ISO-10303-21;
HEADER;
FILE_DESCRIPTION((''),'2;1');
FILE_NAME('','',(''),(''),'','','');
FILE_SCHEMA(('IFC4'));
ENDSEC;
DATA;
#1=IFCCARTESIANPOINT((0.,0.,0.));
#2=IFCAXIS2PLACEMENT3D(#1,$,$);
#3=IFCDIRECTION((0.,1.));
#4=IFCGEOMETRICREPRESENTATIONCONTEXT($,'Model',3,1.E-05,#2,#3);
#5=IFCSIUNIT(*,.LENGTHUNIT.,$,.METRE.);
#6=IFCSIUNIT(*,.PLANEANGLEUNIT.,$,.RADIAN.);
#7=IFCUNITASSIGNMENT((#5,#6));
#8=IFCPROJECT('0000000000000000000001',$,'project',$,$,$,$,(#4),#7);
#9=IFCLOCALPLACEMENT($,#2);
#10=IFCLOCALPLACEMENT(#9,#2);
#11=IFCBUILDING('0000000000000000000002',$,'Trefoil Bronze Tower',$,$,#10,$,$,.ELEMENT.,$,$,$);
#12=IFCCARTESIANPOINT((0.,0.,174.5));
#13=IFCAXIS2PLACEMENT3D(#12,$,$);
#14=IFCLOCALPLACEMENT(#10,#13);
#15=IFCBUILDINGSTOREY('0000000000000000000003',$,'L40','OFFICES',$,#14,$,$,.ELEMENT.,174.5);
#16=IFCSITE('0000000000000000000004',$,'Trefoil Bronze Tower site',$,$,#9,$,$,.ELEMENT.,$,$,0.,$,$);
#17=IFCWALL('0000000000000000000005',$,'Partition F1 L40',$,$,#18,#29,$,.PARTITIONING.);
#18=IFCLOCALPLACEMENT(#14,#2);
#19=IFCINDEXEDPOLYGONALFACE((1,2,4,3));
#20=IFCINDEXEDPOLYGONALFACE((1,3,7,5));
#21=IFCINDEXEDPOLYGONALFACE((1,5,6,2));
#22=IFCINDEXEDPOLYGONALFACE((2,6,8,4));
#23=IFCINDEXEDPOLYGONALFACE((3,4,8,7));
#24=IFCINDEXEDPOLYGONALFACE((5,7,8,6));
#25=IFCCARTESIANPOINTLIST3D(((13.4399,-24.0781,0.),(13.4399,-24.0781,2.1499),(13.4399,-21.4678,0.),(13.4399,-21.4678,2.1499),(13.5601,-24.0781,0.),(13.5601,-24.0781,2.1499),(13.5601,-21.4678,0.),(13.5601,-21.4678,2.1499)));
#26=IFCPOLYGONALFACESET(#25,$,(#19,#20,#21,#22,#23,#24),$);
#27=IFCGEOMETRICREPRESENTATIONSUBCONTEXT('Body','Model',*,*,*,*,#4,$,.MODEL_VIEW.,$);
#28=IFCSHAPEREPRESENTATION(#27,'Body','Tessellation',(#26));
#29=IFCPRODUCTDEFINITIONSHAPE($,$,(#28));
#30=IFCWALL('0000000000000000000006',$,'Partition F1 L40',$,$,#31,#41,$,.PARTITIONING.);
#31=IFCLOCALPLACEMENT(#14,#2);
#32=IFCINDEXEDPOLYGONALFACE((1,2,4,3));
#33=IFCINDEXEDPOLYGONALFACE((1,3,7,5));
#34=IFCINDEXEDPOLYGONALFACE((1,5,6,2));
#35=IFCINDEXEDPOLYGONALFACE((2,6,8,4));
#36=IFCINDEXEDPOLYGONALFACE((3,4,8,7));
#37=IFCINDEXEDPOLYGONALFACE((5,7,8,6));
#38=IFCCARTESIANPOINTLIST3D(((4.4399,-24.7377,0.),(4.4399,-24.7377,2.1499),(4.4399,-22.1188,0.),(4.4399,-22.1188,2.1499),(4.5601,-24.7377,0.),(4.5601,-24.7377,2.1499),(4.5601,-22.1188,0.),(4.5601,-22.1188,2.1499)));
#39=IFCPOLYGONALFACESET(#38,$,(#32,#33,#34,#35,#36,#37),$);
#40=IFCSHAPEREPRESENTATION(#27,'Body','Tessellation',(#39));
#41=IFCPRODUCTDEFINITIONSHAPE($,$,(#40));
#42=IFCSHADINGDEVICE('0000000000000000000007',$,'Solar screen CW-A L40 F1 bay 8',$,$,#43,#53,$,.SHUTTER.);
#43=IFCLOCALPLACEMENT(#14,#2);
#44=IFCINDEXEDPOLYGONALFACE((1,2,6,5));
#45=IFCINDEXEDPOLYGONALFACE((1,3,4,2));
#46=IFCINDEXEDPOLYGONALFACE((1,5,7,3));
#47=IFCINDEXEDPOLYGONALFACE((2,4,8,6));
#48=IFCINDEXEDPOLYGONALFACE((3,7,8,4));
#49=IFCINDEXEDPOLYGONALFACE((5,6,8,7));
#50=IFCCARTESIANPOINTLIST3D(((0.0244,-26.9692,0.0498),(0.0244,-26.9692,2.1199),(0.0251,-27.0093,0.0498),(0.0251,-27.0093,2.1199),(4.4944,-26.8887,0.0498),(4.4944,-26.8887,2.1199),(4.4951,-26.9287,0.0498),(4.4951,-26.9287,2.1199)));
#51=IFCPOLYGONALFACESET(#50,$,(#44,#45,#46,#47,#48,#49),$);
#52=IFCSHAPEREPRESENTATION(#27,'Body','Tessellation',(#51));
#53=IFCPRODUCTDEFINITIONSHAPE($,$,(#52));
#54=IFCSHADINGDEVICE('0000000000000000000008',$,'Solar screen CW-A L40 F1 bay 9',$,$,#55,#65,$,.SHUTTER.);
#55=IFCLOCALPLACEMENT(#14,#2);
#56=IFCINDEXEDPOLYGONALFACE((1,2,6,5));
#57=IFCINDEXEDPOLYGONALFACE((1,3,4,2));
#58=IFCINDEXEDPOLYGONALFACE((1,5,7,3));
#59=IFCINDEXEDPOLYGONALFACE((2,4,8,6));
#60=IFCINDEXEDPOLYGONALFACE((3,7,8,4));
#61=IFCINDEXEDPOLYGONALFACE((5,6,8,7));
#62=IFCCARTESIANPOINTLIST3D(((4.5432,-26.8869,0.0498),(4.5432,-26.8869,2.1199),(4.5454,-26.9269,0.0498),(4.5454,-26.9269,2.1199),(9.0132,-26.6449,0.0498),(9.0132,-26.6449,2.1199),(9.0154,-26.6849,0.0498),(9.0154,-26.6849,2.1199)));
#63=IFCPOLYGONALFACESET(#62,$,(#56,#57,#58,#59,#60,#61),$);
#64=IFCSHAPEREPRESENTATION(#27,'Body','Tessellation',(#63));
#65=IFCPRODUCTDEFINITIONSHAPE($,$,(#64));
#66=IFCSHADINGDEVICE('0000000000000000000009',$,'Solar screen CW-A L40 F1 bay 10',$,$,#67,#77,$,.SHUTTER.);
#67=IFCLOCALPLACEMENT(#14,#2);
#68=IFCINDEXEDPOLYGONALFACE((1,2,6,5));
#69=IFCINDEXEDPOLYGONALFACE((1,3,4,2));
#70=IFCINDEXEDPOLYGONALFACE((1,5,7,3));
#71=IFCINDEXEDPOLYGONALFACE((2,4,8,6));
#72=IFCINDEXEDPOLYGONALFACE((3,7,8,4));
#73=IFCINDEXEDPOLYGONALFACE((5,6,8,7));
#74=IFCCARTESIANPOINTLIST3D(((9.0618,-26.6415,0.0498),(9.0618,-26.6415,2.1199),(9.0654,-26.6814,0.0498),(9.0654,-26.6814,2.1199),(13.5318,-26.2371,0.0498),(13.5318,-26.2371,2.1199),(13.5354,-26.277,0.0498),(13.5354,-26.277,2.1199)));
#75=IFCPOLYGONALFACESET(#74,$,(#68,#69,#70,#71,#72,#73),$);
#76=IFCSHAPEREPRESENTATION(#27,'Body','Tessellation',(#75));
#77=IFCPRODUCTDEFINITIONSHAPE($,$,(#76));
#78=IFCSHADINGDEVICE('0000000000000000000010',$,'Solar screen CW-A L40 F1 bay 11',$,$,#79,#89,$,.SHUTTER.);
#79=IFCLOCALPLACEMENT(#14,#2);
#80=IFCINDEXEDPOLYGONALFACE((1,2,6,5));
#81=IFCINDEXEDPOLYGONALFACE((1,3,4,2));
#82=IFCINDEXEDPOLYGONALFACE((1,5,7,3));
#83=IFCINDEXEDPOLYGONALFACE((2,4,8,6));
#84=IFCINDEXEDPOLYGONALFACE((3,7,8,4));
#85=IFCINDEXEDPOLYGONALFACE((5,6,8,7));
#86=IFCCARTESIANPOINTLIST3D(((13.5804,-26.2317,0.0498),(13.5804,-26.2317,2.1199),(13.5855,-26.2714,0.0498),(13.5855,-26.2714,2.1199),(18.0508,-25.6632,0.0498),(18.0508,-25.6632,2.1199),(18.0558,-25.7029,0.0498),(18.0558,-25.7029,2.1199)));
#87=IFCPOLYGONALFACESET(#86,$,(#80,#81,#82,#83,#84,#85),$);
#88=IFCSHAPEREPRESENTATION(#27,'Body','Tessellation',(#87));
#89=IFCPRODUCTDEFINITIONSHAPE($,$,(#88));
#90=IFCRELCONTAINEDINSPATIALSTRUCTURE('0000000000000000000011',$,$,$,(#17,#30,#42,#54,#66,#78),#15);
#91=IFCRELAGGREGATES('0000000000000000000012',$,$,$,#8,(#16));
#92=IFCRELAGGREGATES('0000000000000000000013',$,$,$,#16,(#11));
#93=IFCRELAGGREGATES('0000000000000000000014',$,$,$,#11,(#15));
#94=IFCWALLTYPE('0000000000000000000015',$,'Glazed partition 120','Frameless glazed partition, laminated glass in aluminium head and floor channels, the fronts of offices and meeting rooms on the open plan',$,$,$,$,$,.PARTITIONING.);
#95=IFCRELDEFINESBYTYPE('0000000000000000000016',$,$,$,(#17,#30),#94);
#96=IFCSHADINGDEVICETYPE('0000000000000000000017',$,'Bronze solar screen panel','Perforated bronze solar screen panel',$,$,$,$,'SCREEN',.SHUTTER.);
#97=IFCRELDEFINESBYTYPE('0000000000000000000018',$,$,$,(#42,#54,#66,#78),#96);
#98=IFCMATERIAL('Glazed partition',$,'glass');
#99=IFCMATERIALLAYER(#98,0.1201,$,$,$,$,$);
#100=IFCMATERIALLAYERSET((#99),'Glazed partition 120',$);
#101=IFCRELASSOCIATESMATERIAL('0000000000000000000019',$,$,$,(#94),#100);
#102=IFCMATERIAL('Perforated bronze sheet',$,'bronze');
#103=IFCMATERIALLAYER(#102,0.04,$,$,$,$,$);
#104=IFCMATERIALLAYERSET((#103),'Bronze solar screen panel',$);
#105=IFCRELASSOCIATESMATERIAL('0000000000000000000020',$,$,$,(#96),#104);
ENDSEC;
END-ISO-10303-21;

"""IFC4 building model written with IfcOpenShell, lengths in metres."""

from ifc_helpers import new_model, si_unit, direction, frame, frame_2d, origin, origin_2d, place, context, subcontext, project, spatial, rectangle, extrude, material, layer, layer_set, type_object, element, save


model = new_model("IFC4")

# Units and contexts
model_context = context("Model", 3, precision=1e-05, world=origin(), true_north=direction((0.0, 1.0)))
body_context = subcontext(model_context, "Body", "Model", "MODEL_VIEW")
ifc_project = project(units=[si_unit("LENGTHUNIT", "METRE"), si_unit("PLANEANGLEUNIT", "RADIAN")], contexts=[model_context])

# Site, building, storey
site_placement = place(None, origin())
site = spatial("IfcSite", under=ifc_project, at=site_placement, Name="Trefoil Bronze Tower site", CompositionType="ELEMENT", RefElevation=0.0)
building_placement = place(site_placement, origin())
building = spatial("IfcBuilding", under=site, at=building_placement, Name="Trefoil Bronze Tower", CompositionType="ELEMENT")
storey_placement = place(building_placement, frame((0.0, 0.0, 174.5)))
storey = spatial("IfcBuildingStorey", under=building, at=storey_placement, Name="L40", Description="OFFICES", CompositionType="ELEMENT", Elevation=174.5)

# Shared definitions
ifc_material_1 = material(Name="Glazed partition", Category="glass")
ifc_layer_1 = layer(ifc_material_1, 0.1201)
ifc_layer_set_1 = layer_set([ifc_layer_1], Name="Glazed partition 120")
wall_type = type_object("IfcWallType", Name="Glazed partition 120", Description="Frameless glazed partition, laminated glass in aluminium head and floor channels, the fronts of offices and meeting rooms on the open plan", PredefinedType="PARTITIONING", material=ifc_layer_set_1)

# Walls
wall_1_placement = place(storey_placement, frame((13.5, -21.4678, 0.0), z_axis=(0.0, 0.0, 1.0), x_axis=(0.0, -1.0, 0.0)))
element("IfcWall", 1, at=wall_1_placement, inside=storey, type_object=wall_type, Name="Partition F1 L40", PredefinedType="PARTITIONING", context=body_context, shape_type="SweptSolid", body=[
    extrude(rectangle(XDim=2.6104, YDim=0.1201, at=frame_2d((1.3052, 0.0))), origin(), (0.0, 0.0, 1.0), 2.1499),
])
wall_2_placement = place(storey_placement, frame((4.5, -22.1187, 0.0), z_axis=(0.0, 0.0, 1.0), x_axis=(0.0, -1.0, 0.0)))
element("IfcWall", 2, at=wall_2_placement, inside=storey, type_object=wall_type, Name="Partition F1 L40", PredefinedType="PARTITIONING", context=body_context, shape_type="SweptSolid", body=[
    extrude(rectangle(XDim=2.6189, YDim=0.1201, at=frame_2d((1.3096, 0.0))), origin(), (0.0, 0.0, 1.0), 2.1499),
])

# Shading devices
ifc_material_2 = material(Name="Perforated bronze sheet", Category="bronze")
ifc_layer_2 = layer(ifc_material_2, 0.04)
ifc_layer_set_2 = layer_set([ifc_layer_2], Name="Bronze solar screen panel")
shading_device_type = type_object("IfcShadingDeviceType", Name="Bronze solar screen panel", Description="Perforated bronze solar screen panel", ElementType="SCREEN", PredefinedType="SHUTTER", material=ifc_layer_set_2)
shading_device_1_placement = place(storey_placement, frame((2.2598, -26.949, 0.0498), z_axis=(0.0, 0.0, 1.0), x_axis=(0.999838, 0.018021, 0.0)))
element("IfcShadingDevice", 3, at=shading_device_1_placement, inside=storey, type_object=shading_device_type, Name="Solar screen CW-A L40 F1 bay 8", PredefinedType="SHUTTER", context=body_context, shape_type="SweptSolid", body=[
    extrude(rectangle(XDim=4.4707, YDim=0.04, at=origin_2d()), origin(), (0.0, 0.0, 1.0), 2.0701),
])
shading_device_2_placement = place(storey_placement, frame((6.7793, -26.7859, 0.0498), z_axis=(0.0, 0.0, 1.0), x_axis=(0.998538, 0.054063, 0.0)))
element("IfcShadingDevice", 4, at=shading_device_2_placement, inside=storey, type_object=shading_device_type, Name="Solar screen CW-A L40 F1 bay 9", PredefinedType="SHUTTER", context=body_context, shape_type="SweptSolid", body=[
    extrude(rectangle(XDim=4.4766, YDim=0.04, at=origin_2d()), origin(), (0.0, 0.0, 1.0), 2.0701),
])
shading_device_3_placement = place(storey_placement, frame((11.2986, -26.4592, 0.0498), z_axis=(0.0, 0.0, 1.0), x_axis=(0.995932, 0.090105, 0.0)))
element("IfcShadingDevice", 5, at=shading_device_3_placement, inside=storey, type_object=shading_device_type, Name="Solar screen CW-A L40 F1 bay 10", PredefinedType="SHUTTER", context=body_context, shape_type="SweptSolid", body=[
    extrude(rectangle(XDim=4.4883, YDim=0.04, at=origin_2d()), origin(), (0.0, 0.0, 1.0), 2.0701),
])
shading_device_4_placement = place(storey_placement, frame((15.8181, -25.9673, 0.0498), z_axis=(0.0, 0.0, 1.0), x_axis=(0.992012, 0.126147, 0.0)))
element("IfcShadingDevice", 6, at=shading_device_4_placement, inside=storey, type_object=shading_device_type, Name="Solar screen CW-A L40 F1 bay 11", PredefinedType="SHUTTER", context=body_context, shape_type="SweptSolid", body=[
    extrude(rectangle(XDim=4.5063, YDim=0.04, at=origin_2d()), origin(), (0.0, 0.0, 1.0), 2.0701),
])

save(model, "model.ifc")
